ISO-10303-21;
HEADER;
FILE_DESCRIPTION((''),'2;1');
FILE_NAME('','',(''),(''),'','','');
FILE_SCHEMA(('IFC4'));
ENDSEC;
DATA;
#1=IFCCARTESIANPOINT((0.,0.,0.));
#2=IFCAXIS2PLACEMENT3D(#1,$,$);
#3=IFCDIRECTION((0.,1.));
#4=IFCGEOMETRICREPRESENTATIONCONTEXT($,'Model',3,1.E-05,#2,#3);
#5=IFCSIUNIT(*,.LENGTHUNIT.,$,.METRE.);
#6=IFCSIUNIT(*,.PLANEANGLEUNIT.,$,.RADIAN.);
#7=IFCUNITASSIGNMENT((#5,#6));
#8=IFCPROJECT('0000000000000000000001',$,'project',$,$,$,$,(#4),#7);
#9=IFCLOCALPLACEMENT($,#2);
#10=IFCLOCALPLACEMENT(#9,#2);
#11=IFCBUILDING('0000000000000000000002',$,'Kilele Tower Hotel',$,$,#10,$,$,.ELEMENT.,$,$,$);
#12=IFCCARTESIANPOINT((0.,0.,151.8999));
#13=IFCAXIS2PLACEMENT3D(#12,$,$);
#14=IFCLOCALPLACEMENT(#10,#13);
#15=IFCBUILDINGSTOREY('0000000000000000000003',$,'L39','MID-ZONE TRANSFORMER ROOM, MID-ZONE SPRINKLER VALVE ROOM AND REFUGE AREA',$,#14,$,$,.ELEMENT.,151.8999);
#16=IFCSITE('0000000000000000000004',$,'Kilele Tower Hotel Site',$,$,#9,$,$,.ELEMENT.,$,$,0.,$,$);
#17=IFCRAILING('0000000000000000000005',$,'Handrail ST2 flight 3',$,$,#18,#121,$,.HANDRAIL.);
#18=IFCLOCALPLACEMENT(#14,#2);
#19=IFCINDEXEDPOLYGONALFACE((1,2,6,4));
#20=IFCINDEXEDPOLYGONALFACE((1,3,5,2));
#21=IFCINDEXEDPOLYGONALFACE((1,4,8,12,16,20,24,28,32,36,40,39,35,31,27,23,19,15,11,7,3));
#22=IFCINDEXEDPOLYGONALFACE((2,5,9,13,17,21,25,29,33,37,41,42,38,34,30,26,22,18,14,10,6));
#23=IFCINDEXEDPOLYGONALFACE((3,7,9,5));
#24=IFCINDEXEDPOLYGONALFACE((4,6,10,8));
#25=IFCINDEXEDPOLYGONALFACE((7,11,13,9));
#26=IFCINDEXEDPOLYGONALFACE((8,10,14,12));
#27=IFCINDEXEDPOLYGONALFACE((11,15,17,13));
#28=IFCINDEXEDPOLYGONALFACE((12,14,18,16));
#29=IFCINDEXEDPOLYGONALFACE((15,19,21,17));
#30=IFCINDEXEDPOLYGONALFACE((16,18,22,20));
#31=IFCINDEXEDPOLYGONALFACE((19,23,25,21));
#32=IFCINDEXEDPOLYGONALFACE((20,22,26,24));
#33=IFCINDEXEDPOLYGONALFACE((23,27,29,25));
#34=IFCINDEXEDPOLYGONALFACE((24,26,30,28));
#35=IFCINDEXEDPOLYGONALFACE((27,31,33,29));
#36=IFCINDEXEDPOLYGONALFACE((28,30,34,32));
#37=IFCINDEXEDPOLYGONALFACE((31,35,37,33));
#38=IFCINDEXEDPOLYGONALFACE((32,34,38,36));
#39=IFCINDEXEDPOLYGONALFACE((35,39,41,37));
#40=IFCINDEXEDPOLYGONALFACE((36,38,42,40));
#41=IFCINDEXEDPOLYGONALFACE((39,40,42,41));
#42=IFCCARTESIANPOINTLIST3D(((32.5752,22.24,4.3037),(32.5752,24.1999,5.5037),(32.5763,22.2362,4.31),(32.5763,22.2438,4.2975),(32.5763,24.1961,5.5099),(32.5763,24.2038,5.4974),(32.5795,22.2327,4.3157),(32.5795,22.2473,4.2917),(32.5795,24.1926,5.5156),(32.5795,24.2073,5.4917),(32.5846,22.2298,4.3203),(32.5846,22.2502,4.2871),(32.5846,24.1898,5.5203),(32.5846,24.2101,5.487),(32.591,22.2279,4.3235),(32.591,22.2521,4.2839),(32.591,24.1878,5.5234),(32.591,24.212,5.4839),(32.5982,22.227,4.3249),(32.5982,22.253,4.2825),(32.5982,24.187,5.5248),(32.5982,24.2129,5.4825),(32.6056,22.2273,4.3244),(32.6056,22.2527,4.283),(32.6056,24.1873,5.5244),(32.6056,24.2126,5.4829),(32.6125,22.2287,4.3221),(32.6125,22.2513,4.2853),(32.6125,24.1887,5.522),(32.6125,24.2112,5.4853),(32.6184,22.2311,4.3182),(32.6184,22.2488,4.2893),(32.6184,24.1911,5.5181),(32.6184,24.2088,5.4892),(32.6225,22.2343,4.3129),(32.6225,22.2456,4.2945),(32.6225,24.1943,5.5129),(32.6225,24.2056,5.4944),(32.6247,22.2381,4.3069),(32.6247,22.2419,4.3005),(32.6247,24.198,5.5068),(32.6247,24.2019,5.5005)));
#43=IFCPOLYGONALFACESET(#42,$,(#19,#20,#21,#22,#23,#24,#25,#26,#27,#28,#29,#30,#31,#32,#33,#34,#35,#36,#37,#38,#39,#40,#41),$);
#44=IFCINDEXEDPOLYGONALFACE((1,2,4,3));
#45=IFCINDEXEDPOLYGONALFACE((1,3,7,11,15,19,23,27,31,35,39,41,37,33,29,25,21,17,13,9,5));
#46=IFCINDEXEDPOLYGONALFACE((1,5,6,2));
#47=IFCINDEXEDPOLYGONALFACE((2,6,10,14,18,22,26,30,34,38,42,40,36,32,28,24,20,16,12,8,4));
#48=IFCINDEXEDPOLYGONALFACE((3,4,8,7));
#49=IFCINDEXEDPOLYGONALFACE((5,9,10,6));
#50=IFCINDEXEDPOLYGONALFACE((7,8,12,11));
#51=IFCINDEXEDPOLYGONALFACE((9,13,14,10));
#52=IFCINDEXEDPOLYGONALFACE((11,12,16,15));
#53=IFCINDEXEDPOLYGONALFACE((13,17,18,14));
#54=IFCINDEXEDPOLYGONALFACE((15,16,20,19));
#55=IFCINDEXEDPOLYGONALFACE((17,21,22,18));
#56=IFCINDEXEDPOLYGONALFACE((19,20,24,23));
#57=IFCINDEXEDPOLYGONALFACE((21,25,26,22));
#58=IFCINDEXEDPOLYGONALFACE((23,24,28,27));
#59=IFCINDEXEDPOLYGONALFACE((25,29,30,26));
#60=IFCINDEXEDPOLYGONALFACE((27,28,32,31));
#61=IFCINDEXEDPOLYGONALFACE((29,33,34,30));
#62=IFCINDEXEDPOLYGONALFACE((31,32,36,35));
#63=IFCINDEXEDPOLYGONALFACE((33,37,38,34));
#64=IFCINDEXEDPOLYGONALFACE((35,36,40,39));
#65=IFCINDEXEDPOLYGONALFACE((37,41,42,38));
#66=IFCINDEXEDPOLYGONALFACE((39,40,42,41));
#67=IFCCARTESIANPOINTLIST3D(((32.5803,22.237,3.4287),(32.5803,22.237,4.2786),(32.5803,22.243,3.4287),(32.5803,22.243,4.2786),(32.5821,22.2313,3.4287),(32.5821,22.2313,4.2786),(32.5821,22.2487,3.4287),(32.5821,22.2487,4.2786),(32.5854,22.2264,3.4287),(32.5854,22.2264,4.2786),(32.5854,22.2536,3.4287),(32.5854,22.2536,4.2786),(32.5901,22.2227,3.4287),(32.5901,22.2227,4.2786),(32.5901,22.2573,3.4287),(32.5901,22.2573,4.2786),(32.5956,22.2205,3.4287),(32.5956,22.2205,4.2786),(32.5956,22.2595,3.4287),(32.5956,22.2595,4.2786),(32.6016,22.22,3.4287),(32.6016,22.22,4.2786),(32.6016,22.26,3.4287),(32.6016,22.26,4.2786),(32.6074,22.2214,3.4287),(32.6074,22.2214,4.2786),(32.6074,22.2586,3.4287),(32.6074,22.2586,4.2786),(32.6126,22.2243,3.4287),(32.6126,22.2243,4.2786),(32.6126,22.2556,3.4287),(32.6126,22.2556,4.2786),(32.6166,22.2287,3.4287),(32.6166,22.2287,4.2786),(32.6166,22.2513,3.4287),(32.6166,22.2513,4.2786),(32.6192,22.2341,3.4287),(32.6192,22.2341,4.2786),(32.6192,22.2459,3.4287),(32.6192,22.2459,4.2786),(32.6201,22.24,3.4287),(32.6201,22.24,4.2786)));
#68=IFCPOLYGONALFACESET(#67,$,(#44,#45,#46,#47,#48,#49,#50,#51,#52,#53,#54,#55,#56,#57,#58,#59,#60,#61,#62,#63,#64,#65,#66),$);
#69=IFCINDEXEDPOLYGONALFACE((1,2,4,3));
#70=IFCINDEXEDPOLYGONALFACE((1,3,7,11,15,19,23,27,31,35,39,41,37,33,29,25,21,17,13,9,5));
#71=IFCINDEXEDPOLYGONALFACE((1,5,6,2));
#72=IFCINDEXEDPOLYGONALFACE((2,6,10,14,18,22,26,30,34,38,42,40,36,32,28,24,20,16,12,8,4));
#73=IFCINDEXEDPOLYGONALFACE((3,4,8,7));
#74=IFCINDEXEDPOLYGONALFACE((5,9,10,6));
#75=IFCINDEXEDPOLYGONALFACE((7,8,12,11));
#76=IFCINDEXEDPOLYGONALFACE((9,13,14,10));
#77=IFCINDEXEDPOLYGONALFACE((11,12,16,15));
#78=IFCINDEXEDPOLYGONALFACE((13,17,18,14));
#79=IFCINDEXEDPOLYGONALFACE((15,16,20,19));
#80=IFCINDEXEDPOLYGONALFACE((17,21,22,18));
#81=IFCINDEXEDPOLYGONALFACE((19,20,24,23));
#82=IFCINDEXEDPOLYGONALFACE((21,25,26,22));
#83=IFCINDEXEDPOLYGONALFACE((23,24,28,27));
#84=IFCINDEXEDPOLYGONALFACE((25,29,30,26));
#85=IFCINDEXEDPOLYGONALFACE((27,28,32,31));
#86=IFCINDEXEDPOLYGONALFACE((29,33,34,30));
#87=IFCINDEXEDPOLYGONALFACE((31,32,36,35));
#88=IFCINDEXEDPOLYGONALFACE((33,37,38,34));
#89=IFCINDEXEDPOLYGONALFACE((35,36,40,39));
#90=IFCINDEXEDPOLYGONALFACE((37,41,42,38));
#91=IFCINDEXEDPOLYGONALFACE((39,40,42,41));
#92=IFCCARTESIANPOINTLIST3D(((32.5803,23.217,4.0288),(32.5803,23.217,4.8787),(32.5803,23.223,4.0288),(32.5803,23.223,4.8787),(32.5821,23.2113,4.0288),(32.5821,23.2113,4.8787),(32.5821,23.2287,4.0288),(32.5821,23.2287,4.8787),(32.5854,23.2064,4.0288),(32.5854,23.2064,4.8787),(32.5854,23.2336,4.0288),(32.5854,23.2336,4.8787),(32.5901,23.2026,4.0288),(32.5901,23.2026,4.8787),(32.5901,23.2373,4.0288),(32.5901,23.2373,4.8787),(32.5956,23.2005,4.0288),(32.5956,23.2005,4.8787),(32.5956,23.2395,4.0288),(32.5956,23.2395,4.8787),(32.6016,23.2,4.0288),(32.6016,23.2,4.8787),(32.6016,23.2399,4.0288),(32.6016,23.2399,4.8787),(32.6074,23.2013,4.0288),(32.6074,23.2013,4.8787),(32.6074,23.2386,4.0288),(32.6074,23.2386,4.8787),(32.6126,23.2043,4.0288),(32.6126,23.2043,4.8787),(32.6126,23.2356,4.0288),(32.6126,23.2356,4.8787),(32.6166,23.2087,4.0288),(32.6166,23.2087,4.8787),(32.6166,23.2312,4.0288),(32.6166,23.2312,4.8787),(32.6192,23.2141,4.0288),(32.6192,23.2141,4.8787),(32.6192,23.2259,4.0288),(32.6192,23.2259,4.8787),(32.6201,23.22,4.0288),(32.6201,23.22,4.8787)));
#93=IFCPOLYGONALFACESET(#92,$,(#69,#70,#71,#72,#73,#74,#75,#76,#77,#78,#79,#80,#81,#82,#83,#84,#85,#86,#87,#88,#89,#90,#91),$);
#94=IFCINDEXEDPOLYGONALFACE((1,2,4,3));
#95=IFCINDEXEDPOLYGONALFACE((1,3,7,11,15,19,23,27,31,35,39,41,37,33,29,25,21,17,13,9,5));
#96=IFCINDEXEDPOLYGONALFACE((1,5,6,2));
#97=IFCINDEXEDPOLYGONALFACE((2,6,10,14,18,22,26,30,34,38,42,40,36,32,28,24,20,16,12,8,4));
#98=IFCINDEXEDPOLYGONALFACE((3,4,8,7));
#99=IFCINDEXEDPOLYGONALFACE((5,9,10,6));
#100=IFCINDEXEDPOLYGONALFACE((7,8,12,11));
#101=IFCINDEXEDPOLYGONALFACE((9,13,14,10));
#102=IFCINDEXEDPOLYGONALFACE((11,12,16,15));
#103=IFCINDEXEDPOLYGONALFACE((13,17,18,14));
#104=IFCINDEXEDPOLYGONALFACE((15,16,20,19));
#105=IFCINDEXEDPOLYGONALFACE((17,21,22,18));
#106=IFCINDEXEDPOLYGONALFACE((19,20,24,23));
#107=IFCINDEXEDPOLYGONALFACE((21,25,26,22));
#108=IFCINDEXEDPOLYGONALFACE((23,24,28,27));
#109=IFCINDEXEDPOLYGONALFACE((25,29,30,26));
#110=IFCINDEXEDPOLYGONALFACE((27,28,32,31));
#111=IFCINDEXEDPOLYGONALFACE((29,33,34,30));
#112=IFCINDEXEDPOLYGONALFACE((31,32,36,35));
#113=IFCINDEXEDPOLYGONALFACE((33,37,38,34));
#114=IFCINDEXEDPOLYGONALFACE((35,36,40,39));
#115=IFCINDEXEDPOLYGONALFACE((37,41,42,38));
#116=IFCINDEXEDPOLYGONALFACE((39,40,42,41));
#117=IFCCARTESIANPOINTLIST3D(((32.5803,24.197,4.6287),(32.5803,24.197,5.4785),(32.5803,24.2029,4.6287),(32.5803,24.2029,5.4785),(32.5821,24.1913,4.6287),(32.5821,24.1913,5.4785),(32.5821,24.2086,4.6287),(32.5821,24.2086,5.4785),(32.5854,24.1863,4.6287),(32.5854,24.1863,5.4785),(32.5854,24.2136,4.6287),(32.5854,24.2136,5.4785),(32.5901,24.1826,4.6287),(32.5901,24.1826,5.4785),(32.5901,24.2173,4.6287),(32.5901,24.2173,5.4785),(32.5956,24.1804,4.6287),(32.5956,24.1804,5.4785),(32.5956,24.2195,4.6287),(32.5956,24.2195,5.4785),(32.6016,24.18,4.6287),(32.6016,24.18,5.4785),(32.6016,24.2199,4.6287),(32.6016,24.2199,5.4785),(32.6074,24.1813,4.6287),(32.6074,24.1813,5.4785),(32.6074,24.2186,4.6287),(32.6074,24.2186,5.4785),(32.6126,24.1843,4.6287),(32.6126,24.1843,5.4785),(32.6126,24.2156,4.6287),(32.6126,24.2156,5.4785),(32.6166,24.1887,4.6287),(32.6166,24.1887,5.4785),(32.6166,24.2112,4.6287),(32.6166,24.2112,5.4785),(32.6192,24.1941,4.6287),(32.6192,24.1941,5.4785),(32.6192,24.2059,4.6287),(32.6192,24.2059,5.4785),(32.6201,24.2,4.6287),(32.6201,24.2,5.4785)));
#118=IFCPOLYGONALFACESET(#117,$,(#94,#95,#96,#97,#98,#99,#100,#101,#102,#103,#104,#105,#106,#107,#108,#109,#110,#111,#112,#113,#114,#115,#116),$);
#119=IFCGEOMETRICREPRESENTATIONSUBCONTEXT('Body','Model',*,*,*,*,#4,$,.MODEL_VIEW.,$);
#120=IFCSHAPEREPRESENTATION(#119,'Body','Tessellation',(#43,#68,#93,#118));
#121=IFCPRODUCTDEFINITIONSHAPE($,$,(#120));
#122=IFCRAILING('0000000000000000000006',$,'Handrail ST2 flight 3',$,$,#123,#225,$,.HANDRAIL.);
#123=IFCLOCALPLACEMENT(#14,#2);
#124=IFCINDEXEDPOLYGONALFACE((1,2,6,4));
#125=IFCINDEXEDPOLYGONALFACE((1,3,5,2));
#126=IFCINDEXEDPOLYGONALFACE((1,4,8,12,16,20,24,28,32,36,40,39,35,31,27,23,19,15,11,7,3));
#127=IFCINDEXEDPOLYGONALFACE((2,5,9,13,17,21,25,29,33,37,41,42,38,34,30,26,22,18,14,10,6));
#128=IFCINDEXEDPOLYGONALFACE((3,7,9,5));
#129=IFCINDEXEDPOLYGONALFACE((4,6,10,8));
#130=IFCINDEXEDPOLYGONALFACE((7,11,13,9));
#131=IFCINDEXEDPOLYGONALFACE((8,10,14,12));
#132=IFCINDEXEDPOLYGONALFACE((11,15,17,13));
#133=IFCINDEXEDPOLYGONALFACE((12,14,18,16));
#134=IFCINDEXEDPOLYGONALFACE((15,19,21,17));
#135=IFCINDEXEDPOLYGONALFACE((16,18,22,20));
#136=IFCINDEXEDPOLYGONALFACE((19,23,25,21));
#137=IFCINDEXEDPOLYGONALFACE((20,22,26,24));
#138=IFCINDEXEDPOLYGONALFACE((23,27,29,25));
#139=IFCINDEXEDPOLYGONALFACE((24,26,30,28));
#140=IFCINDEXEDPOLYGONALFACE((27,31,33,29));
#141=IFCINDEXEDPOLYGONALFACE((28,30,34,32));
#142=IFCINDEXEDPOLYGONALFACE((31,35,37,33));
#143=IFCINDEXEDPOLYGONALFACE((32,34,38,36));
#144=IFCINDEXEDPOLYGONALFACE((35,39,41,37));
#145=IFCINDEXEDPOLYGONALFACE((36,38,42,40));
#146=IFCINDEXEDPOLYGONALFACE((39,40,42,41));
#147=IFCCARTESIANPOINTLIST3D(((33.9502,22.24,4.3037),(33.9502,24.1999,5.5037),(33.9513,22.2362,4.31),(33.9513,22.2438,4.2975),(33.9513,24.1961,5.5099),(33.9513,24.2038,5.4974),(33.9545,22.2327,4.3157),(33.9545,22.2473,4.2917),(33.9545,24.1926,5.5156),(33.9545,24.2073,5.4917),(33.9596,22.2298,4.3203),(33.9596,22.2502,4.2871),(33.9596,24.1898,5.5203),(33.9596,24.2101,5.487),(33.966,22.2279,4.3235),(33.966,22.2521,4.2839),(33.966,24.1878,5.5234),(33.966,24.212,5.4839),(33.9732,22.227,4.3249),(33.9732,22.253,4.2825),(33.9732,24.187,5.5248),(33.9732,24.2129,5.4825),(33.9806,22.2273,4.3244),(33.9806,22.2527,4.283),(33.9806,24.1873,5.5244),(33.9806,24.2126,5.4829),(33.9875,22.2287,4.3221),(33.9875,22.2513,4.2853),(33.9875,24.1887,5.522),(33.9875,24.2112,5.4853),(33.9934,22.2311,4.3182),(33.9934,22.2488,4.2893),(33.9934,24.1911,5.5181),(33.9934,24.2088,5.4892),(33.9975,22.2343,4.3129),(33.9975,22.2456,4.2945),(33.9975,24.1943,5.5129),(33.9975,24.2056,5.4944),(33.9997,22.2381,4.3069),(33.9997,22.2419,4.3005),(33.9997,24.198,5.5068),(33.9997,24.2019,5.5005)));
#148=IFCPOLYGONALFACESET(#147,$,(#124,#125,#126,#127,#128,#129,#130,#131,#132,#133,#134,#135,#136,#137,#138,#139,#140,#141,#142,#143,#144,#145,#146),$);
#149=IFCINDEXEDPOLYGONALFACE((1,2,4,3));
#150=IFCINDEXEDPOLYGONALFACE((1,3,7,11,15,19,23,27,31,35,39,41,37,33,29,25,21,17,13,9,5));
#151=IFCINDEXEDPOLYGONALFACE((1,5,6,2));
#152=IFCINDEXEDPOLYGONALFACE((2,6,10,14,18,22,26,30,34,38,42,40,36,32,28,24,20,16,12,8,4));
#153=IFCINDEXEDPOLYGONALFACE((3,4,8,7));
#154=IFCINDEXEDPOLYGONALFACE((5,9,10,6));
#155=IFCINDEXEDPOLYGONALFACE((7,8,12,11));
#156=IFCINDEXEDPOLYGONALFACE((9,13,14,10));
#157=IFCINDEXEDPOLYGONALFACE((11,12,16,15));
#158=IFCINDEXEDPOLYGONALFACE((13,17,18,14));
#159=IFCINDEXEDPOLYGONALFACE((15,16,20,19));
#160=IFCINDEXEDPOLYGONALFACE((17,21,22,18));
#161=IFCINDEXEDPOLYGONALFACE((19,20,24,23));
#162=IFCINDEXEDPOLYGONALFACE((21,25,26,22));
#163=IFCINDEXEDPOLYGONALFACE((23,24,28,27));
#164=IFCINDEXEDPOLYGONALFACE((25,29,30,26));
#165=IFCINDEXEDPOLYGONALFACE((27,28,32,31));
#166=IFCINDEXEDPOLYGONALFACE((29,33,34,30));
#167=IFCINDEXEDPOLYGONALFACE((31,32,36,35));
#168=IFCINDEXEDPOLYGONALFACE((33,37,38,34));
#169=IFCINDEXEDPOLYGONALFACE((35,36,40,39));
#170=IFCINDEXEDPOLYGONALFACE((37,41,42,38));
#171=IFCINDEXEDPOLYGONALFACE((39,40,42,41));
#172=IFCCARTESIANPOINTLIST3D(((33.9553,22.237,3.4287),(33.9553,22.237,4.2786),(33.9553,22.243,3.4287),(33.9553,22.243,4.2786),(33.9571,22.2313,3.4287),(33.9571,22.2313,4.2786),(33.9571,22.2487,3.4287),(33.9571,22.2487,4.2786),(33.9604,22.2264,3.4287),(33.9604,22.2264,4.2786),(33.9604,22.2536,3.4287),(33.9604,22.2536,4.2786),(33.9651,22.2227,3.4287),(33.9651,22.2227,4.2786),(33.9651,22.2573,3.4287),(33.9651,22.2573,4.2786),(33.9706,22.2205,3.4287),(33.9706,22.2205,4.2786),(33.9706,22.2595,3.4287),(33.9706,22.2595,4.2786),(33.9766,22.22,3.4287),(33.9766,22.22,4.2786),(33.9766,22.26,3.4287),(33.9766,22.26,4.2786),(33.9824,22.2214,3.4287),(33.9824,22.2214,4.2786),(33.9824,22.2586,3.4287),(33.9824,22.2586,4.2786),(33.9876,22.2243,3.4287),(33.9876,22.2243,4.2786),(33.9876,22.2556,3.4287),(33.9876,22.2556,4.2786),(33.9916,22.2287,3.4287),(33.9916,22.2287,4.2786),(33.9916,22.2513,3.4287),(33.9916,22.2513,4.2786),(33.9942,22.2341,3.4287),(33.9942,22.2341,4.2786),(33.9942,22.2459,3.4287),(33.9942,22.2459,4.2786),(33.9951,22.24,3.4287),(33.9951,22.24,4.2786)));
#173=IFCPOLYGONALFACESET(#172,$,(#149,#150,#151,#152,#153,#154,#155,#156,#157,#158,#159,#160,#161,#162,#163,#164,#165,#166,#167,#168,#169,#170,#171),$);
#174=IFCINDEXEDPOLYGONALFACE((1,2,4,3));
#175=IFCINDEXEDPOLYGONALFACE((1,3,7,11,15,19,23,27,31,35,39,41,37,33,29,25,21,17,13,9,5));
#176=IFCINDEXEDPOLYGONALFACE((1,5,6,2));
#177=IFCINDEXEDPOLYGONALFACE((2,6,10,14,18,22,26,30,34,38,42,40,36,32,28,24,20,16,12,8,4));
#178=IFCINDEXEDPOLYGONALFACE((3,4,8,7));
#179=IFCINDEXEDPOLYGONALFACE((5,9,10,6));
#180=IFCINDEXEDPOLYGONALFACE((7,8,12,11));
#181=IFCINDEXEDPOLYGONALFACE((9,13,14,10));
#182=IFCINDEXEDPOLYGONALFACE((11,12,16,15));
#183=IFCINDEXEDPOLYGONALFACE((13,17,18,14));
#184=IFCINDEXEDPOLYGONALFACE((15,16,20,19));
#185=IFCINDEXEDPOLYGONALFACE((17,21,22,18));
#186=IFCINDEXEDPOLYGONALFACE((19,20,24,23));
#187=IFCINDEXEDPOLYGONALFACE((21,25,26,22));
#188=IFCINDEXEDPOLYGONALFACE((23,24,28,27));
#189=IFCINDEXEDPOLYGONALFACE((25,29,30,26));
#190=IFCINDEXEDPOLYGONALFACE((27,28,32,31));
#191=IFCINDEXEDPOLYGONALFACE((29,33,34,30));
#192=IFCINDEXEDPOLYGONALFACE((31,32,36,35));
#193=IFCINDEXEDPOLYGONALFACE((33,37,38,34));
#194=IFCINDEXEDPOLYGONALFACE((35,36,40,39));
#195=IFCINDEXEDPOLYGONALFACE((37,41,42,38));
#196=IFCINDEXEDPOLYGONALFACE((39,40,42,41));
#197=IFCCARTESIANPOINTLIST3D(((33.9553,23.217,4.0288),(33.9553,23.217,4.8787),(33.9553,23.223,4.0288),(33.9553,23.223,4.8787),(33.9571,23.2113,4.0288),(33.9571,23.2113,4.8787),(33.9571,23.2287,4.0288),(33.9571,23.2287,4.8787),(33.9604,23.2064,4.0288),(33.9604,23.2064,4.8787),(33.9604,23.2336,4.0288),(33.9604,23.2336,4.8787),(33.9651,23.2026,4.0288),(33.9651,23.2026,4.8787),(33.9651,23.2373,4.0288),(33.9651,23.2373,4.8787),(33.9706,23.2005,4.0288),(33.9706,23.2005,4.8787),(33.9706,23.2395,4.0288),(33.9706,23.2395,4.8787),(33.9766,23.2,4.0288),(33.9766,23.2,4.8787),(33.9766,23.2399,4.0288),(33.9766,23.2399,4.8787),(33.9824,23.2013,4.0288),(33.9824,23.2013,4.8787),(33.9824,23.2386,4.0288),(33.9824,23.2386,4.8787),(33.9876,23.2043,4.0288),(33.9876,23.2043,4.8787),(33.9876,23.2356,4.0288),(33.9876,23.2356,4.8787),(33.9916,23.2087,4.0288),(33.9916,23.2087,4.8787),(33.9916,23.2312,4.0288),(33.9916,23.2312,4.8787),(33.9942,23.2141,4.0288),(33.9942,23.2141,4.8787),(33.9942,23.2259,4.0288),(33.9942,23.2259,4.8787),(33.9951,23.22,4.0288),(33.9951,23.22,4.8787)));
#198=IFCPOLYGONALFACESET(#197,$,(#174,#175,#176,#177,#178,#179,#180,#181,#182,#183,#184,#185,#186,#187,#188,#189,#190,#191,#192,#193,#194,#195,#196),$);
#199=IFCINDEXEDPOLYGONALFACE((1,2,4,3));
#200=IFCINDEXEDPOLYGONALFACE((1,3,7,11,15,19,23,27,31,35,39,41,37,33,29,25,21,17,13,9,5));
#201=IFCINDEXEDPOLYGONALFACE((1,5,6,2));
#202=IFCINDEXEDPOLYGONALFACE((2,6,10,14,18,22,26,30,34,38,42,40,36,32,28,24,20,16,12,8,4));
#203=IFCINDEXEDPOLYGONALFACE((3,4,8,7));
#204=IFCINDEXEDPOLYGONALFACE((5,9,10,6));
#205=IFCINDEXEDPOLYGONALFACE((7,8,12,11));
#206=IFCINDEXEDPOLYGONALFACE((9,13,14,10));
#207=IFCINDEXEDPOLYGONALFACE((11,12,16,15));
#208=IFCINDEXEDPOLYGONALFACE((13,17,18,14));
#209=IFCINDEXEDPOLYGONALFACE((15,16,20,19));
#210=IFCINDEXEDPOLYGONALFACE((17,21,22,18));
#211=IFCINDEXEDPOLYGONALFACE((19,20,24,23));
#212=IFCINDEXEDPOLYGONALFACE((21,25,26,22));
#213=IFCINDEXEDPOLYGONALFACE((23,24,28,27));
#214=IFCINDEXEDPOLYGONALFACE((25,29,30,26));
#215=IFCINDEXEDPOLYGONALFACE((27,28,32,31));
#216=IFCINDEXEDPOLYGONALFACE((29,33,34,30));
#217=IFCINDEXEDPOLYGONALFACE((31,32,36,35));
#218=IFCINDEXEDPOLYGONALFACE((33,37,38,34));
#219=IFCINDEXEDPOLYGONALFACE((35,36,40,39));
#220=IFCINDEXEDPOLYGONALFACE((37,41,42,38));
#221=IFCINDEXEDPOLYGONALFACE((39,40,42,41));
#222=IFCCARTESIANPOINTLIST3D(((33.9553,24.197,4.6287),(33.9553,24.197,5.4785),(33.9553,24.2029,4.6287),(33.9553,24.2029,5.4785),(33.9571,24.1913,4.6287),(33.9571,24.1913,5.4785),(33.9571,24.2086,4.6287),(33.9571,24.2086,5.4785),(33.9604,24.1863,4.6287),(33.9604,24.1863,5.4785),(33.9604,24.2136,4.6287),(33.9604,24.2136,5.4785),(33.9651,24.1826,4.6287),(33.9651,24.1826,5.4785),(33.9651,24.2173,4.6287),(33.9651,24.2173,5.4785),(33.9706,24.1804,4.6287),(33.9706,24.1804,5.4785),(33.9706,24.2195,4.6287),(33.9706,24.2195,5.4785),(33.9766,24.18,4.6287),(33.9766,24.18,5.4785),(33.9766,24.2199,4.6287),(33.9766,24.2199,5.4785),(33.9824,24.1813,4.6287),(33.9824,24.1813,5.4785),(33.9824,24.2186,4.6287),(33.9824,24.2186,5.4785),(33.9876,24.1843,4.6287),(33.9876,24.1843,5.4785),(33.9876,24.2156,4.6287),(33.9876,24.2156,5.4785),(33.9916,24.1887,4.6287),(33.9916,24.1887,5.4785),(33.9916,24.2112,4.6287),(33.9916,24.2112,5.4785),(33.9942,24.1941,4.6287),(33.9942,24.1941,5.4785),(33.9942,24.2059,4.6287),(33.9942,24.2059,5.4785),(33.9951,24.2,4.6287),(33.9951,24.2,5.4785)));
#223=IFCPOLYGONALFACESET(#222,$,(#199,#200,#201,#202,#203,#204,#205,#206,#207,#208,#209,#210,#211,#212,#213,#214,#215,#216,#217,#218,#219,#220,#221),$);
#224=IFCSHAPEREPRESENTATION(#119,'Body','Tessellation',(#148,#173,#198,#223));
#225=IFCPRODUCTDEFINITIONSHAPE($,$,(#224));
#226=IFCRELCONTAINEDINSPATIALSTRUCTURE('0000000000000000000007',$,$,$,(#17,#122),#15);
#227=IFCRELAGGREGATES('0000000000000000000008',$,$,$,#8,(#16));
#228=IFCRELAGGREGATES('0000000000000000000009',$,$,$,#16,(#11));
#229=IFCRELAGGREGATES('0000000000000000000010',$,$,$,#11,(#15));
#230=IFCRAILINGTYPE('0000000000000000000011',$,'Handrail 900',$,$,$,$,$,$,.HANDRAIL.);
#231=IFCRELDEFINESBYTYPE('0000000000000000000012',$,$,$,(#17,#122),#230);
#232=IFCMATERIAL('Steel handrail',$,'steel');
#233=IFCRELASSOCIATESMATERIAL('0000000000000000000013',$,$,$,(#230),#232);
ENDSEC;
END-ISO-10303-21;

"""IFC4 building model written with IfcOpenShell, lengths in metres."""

from ifc_helpers import new_model, si_unit, direction, frame, origin, origin_2d, place, context, subcontext, project, spatial, circle, extrude, material, type_object, element, save


model = new_model("IFC4")

# Units and contexts
model_context = context("Model", 3, precision=1e-05, world=origin(), true_north=direction((0.0, 1.0)))
body_context = subcontext(model_context, "Body", "Model", "MODEL_VIEW")
ifc_project = project(units=[si_unit("LENGTHUNIT", "METRE"), si_unit("PLANEANGLEUNIT", "RADIAN")], contexts=[model_context])

# Site, building, storey
site_placement = place(None, origin())
site = spatial("IfcSite", under=ifc_project, at=site_placement, Name="Kilele Tower Hotel Site", CompositionType="ELEMENT", RefElevation=0.0)
building_placement = place(site_placement, origin())
building = spatial("IfcBuilding", under=site, at=building_placement, Name="Kilele Tower Hotel", CompositionType="ELEMENT")
storey_placement = place(building_placement, frame((0.0, 0.0, 151.8999)))
storey = spatial("IfcBuildingStorey", under=building, at=storey_placement, Name="L39", Description="MID-ZONE TRANSFORMER ROOM, MID-ZONE SPRINKLER VALVE ROOM AND REFUGE AREA", CompositionType="ELEMENT", Elevation=151.8999)

# Railings
ifc_material_1 = material(Name="Steel handrail", Category="steel")
railing_type_1 = type_object("IfcRailingType", Name="Handrail 900", PredefinedType="HANDRAIL", material=ifc_material_1)
for number, where, name in (
    (1, (32.6001, 22.24, 3.4287), "Handrail ST2 flight 3"),
    (2, (33.9751, 22.24, 3.4287), "Handrail ST2 flight 3"),
):
    element("IfcRailing", number, at=place(storey_placement, frame(where)), inside=storey, type_object=railing_type_1, Name=name, PredefinedType="HANDRAIL", context=body_context, shape_type="SweptSolid", body=[
        extrude(circle(Radius=0.0249, at=origin_2d()), frame((0.0, 0.0, 0.875), z_axis=(0.0, 0.852856, 0.522146), x_axis=(-1.0, 0.0, 0.0)), (0.0, 0.0, 1.0), 2.2981),
        extrude(circle(Radius=0.02, at=origin_2d()), origin(), (0.0, 0.0, 1.0), 0.8499),
        extrude(circle(Radius=0.02, at=origin_2d()), frame((0.0, 0.98, 0.6001)), (0.0, 0.0, 1.0), 0.8499),
        extrude(circle(Radius=0.02, at=origin_2d()), frame((0.0, 1.96, 1.2)), (0.0, 0.0, 1.0), 0.8499),
    ])

save(model, "model.ifc")
